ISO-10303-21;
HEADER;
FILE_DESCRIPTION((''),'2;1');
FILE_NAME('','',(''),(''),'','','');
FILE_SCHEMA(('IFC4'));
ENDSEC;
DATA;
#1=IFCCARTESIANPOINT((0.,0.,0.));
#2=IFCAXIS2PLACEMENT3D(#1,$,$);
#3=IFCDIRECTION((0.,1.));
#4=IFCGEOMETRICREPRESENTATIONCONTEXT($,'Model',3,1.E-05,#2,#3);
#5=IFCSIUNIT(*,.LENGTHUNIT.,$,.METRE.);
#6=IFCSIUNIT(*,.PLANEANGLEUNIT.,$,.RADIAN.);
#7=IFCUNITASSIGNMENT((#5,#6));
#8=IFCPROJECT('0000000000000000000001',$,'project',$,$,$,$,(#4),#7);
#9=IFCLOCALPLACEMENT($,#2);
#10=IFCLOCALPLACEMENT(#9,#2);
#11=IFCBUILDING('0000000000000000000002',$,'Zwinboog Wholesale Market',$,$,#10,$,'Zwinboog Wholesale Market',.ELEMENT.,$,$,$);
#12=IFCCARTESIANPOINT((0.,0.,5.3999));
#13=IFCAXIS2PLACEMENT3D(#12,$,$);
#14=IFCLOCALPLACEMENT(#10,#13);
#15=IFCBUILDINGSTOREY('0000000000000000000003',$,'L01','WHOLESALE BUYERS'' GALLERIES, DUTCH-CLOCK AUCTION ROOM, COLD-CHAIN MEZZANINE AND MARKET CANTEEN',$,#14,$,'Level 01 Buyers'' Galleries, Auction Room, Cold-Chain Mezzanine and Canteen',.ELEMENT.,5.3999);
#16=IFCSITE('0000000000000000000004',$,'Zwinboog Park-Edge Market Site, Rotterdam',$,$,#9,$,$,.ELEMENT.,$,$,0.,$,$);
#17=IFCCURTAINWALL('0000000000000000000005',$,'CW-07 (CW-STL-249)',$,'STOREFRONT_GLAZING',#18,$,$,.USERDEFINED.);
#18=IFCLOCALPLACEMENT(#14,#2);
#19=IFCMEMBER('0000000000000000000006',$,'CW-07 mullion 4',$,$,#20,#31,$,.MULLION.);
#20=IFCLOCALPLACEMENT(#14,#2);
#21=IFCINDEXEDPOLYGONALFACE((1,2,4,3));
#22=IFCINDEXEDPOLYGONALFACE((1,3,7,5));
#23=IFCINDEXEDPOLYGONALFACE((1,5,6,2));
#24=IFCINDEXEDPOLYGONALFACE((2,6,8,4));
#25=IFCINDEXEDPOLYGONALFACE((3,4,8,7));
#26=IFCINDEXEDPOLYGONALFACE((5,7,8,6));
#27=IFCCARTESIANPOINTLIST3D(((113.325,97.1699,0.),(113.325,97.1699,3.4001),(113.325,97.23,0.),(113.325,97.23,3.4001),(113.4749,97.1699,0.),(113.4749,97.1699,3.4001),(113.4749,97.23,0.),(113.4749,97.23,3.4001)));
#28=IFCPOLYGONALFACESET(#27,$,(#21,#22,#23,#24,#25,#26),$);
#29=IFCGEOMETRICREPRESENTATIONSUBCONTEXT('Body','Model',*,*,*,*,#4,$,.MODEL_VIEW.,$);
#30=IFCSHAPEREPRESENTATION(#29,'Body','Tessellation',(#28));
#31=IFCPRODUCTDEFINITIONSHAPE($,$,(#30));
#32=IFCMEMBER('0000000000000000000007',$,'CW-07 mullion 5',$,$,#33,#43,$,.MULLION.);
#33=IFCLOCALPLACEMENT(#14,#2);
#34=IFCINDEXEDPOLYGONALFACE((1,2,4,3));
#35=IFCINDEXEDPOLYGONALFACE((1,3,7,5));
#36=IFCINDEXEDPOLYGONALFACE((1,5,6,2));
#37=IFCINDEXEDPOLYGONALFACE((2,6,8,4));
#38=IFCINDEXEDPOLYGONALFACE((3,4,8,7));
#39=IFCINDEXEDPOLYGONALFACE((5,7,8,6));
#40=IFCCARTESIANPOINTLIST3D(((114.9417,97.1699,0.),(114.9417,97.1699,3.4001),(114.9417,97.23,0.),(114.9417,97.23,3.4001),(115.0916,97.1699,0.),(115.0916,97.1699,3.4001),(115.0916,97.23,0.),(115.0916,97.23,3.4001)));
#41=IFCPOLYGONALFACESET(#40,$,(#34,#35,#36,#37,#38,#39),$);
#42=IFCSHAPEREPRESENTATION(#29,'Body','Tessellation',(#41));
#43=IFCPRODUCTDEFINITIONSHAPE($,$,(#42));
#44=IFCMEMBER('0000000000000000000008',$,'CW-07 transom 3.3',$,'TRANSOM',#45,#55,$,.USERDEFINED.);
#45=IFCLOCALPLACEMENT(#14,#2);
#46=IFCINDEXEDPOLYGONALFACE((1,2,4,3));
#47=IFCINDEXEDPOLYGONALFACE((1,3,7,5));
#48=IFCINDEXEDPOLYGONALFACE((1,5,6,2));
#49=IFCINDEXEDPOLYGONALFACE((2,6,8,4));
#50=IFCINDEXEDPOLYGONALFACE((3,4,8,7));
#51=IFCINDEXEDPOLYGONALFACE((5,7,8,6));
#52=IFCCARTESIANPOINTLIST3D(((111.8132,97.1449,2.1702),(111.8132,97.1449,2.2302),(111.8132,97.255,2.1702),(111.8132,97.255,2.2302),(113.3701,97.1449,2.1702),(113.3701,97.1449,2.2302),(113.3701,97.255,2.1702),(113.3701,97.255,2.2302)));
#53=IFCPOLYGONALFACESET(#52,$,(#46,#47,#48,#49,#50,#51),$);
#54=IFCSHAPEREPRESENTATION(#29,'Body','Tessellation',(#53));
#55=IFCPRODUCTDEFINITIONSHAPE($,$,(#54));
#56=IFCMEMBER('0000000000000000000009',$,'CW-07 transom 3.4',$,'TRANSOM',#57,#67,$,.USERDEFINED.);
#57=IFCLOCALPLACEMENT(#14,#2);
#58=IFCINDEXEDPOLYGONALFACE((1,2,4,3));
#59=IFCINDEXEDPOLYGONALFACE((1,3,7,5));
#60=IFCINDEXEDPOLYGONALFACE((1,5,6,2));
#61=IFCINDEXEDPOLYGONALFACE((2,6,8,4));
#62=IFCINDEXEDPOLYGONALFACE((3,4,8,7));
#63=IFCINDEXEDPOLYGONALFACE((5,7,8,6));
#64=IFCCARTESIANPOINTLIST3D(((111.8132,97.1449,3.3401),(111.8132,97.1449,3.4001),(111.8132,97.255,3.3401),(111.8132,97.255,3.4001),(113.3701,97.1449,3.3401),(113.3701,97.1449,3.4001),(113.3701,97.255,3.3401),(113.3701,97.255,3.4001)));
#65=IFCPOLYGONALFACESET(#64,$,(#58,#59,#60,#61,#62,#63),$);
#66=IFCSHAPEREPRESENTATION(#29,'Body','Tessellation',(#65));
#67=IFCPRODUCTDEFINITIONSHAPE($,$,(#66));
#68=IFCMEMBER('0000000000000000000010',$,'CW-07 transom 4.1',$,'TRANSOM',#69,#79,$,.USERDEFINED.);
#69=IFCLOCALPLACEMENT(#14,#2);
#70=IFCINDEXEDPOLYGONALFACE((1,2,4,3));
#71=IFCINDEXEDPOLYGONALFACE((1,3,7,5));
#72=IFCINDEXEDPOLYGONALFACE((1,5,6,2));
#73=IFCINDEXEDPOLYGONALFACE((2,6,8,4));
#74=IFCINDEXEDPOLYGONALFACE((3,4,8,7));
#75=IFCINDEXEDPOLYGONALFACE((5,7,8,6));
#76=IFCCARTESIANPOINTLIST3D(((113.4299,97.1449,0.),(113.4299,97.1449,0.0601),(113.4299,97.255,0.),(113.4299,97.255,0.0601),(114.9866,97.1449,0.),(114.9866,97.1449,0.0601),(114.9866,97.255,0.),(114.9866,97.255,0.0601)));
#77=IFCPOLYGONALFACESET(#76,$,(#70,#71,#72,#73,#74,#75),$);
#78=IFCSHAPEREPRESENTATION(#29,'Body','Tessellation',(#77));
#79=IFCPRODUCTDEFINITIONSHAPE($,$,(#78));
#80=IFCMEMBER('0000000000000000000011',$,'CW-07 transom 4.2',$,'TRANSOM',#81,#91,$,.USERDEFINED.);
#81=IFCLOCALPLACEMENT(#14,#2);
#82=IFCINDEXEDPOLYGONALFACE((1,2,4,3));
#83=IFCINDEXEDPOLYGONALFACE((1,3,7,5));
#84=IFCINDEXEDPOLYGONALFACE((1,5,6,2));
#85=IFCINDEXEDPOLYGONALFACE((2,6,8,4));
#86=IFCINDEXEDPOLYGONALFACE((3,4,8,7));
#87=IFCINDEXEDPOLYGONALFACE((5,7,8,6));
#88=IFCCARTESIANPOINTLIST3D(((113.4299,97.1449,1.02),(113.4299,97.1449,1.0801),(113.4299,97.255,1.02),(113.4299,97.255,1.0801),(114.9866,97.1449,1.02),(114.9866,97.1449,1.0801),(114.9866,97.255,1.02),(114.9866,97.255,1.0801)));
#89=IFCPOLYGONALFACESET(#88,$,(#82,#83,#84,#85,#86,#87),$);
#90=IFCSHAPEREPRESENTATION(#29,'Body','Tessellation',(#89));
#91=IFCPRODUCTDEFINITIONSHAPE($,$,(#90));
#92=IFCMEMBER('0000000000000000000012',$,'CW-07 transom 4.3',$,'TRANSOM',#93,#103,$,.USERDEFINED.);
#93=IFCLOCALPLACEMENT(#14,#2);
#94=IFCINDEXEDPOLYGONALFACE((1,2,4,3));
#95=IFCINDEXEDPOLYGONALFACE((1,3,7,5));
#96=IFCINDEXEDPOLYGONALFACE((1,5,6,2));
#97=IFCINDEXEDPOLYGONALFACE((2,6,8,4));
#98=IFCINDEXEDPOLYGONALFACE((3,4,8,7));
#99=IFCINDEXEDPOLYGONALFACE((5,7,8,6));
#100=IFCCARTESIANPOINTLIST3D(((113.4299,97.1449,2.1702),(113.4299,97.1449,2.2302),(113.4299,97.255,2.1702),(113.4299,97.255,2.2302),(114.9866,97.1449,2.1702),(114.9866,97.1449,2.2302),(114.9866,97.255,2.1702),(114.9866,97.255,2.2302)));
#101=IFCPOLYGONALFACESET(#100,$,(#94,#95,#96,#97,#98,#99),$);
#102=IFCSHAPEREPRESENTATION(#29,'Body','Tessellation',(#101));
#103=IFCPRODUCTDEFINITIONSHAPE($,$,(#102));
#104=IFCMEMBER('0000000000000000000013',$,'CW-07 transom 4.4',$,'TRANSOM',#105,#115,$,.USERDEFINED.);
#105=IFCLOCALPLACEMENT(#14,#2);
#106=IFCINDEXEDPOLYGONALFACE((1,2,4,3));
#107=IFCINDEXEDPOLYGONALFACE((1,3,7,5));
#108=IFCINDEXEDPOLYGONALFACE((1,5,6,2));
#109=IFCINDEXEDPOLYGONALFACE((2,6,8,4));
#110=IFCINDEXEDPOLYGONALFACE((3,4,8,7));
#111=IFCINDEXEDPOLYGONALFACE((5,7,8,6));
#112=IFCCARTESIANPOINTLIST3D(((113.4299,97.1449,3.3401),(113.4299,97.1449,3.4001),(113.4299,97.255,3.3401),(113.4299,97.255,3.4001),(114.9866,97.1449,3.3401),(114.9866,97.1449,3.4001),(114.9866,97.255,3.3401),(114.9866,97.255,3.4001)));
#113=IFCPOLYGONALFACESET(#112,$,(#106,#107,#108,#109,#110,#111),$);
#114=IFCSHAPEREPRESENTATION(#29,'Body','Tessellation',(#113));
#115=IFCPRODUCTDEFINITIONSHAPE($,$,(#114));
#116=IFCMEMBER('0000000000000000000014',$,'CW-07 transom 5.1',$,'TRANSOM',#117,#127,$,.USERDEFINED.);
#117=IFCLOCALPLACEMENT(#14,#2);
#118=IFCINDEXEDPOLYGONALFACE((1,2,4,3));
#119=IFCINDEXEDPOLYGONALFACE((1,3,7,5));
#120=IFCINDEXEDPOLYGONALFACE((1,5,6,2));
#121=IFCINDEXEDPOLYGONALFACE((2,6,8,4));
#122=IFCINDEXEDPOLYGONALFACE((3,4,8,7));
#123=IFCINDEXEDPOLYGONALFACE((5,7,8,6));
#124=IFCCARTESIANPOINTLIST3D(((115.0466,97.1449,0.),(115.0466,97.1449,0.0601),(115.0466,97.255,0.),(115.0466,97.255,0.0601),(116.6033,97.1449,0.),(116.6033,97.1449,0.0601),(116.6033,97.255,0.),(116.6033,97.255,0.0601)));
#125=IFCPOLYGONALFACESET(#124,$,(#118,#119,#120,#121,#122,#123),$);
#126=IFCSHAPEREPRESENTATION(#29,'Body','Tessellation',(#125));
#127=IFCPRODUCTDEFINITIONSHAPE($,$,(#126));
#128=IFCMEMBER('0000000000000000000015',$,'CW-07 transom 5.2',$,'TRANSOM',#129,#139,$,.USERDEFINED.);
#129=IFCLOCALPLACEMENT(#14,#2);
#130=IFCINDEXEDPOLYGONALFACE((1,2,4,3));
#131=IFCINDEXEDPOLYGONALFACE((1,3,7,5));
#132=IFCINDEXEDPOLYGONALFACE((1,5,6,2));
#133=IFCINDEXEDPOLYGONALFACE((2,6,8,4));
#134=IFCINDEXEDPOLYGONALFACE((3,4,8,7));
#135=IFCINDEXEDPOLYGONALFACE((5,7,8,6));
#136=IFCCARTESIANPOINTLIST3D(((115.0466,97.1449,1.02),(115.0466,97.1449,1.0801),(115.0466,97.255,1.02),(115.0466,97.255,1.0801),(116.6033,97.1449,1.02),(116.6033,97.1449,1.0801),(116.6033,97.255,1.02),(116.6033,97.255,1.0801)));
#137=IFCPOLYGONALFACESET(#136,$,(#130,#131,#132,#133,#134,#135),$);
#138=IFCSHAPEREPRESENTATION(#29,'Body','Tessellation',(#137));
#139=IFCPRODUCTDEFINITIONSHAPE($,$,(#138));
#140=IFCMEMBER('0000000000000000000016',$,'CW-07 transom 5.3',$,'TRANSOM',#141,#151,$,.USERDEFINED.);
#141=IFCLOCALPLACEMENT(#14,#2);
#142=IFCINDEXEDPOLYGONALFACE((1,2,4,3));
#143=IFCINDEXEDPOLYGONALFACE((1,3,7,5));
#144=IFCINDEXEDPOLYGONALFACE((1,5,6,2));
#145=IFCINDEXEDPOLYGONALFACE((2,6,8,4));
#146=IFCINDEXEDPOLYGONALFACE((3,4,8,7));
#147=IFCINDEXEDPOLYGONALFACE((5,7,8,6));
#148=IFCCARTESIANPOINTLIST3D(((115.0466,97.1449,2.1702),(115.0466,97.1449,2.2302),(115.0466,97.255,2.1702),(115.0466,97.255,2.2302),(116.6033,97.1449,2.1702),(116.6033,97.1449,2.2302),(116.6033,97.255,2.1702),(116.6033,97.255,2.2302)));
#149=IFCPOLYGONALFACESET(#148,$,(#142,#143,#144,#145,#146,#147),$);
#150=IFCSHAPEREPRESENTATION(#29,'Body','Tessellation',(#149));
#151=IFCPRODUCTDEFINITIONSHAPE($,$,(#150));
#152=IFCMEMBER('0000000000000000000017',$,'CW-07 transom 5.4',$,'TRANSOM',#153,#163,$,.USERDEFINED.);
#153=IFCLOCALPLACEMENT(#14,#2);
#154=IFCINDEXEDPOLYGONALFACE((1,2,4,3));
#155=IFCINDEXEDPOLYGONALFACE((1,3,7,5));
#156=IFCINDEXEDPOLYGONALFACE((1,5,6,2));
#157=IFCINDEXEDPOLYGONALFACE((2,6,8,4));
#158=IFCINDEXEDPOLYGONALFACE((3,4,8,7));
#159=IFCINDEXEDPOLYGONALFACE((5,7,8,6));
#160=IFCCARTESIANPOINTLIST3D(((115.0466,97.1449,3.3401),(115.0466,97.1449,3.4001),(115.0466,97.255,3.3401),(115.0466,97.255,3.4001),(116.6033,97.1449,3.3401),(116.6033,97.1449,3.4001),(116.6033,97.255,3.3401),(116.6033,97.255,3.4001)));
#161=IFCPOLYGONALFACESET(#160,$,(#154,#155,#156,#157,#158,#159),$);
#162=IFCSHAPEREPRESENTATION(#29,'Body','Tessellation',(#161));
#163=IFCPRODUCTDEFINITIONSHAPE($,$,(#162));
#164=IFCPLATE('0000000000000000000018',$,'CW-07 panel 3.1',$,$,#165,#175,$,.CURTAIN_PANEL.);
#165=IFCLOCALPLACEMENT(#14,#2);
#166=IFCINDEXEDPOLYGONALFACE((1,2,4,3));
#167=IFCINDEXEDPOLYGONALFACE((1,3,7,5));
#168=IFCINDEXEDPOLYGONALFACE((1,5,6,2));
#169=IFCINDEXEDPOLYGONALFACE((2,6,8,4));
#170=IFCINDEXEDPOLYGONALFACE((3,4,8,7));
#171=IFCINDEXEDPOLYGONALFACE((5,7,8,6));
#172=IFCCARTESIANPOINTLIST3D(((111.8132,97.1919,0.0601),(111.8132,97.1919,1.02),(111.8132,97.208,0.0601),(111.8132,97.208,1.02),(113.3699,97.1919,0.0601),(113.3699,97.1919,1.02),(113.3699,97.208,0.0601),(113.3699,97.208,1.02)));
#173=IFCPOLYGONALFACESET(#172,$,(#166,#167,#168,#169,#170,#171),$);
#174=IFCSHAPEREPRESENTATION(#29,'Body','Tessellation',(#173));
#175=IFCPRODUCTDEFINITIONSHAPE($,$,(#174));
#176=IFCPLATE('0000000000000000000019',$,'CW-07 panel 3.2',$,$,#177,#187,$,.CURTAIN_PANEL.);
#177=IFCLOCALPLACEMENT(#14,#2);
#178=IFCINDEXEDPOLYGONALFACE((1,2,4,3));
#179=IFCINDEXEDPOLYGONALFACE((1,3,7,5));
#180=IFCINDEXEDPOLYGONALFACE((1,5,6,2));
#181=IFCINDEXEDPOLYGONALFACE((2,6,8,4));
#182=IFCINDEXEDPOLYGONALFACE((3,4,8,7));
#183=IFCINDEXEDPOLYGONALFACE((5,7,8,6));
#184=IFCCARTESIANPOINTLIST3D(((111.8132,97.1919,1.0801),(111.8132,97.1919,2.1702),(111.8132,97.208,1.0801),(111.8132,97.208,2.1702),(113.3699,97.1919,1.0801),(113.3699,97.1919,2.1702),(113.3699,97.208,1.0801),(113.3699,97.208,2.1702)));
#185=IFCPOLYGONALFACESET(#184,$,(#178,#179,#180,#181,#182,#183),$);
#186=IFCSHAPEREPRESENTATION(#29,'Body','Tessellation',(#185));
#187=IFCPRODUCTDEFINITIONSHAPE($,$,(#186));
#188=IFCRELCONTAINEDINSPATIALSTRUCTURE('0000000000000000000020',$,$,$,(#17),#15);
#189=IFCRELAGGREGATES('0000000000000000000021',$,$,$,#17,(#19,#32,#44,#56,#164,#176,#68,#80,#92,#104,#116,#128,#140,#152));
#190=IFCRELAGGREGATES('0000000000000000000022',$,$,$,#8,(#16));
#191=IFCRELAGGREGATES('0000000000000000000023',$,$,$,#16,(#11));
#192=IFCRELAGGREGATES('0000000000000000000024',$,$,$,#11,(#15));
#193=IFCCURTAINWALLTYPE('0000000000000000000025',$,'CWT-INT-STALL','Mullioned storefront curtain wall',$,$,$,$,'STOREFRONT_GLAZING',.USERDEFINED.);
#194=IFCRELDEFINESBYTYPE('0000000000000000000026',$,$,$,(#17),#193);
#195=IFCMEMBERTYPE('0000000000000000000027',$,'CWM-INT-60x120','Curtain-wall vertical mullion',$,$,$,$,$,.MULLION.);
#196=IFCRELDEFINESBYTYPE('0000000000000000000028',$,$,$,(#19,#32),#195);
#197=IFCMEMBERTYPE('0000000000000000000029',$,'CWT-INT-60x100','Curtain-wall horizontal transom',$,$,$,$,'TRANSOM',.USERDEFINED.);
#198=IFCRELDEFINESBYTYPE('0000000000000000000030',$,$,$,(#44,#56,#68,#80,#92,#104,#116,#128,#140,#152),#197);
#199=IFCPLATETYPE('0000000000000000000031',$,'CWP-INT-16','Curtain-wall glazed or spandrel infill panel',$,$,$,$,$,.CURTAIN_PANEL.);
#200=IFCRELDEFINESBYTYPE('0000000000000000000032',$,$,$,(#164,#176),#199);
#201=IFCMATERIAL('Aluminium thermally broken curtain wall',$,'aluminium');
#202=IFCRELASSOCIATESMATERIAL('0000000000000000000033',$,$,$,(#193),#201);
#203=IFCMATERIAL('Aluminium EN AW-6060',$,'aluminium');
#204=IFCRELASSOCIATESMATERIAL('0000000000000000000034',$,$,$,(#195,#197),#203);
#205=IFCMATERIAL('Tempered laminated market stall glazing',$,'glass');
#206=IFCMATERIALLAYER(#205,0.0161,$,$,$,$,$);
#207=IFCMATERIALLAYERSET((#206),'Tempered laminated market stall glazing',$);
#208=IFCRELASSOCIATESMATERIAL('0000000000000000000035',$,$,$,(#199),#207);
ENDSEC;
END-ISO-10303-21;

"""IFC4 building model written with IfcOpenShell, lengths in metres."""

from ifc_helpers import new_model, si_unit, direction, frame, origin, origin_2d, place, context, subcontext, project, spatial, rectangle, extrude, material, layer, layer_set, material_profile, profile_set, type_object, element, aggregate, save


model = new_model("IFC4")

# Units and contexts
model_context = context("Model", 3, precision=1e-05, world=origin(), true_north=direction((0.0, 1.0)))
body_context = subcontext(model_context, "Body", "Model", "MODEL_VIEW")
ifc_project = project(units=[si_unit("LENGTHUNIT", "METRE"), si_unit("PLANEANGLEUNIT", "RADIAN")], contexts=[model_context])

# Site, building, storey
site_placement = place(None, origin())
site = spatial("IfcSite", under=ifc_project, at=site_placement, Name="Zwinboog Park-Edge Market Site, Rotterdam", CompositionType="ELEMENT", RefElevation=0.0)
building_placement = place(site_placement, origin())
building = spatial("IfcBuilding", under=site, at=building_placement, Name="Zwinboog Wholesale Market", LongName="Zwinboog Wholesale Market", CompositionType="ELEMENT")
storey_placement = place(building_placement, frame((0.0, 0.0, 5.3999)))
storey = spatial("IfcBuildingStorey", under=building, at=storey_placement, Name="L01", Description="WHOLESALE BUYERS' GALLERIES, DUTCH-CLOCK AUCTION ROOM, COLD-CHAIN MEZZANINE AND MARKET CANTEEN", LongName="Level 01 Buyers' Galleries, Auction Room, Cold-Chain Mezzanine and Canteen", CompositionType="ELEMENT", Elevation=5.3999)

# Curtain wall, members, plates
ifc_material_1 = material(Name="Aluminium thermally broken curtain wall", Category="aluminium")
curtain_wall_type = type_object("IfcCurtainWallType", Name="CWT-INT-STALL", Description="Mullioned storefront curtain wall", ElementType="STOREFRONT_GLAZING", PredefinedType="USERDEFINED", material=ifc_material_1)
curtain_wall_placement = place(storey_placement, origin())
curtain_wall = element("IfcCurtainWall", 1, at=curtain_wall_placement, inside=storey, type_object=curtain_wall_type, Name="CW-07 (CW-STL-249)", ObjectType="STOREFRONT_GLAZING", PredefinedType="USERDEFINED")
ifc_material_2 = material(Name="Aluminium EN AW-6060", Category="aluminium")
ifc_material_profile_1 = material_profile(ifc_material_2, rectangle(XDim=0.0601, YDim=0.1499, at=origin_2d()), Name="AL 60x150")
ifc_profile_set_1 = profile_set([ifc_material_profile_1], Name="Aluminium EN AW-6060")
member_type_1 = type_object("IfcMemberType", Name="CWM-INT-60x120", Description="Curtain-wall vertical mullion", PredefinedType="MULLION", material=ifc_profile_set_1)
member_1_placement = place(storey_placement, frame((113.3999, 97.2, 0.0), z_axis=(0.0, 0.0, 1.0), x_axis=(0.0, 1.0, 0.0)))
member_1 = element("IfcMember", 2, at=member_1_placement, type_object=member_type_1, Name="CW-07 mullion 4", PredefinedType="MULLION", context=body_context, shape_type="SweptSolid", body=[
    extrude(rectangle(XDim=0.0601, YDim=0.1499, at=origin_2d()), origin(), (0.0, 0.0, 1.0), 3.4001),
])
member_2_placement = place(storey_placement, frame((115.0166, 97.2, 0.0), z_axis=(0.0, 0.0, 1.0), x_axis=(0.0, 1.0, 0.0)))
member_2 = element("IfcMember", 3, at=member_2_placement, type_object=member_type_1, Name="CW-07 mullion 5", PredefinedType="MULLION", context=body_context, shape_type="SweptSolid", body=[
    extrude(rectangle(XDim=0.0601, YDim=0.1499, at=origin_2d()), origin(), (0.0, 0.0, 1.0), 3.4001),
])
ifc_material_profile_2 = material_profile(ifc_material_2, rectangle(XDim=0.1101, YDim=0.0601, at=origin_2d()), Name="AL 60x110")
ifc_profile_set_2 = profile_set([ifc_material_profile_2], Name="Aluminium EN AW-6060")
member_type_2 = type_object("IfcMemberType", Name="CWT-INT-60x100", Description="Curtain-wall horizontal transom", ElementType="TRANSOM", PredefinedType="USERDEFINED", material=ifc_profile_set_2)
member_3_placement = place(storey_placement, frame((111.8132, 97.2, 2.2002), z_axis=(1.0, 0.0, 0.0), x_axis=(0.0, 1.0, 0.0)))
member_3 = element("IfcMember", 4, at=member_3_placement, type_object=member_type_2, Name="CW-07 transom 3.3", ObjectType="TRANSOM", PredefinedType="USERDEFINED", context=body_context, shape_type="SweptSolid", body=[
    extrude(rectangle(XDim=0.1101, YDim=0.0601, at=origin_2d()), origin(), (0.0, 0.0, 1.0), 1.5569),
])
member_4_placement = place(storey_placement, frame((111.8132, 97.2, 3.3701), z_axis=(1.0, 0.0, 0.0), x_axis=(0.0, 1.0, 0.0)))
member_4 = element("IfcMember", 5, at=member_4_placement, type_object=member_type_2, Name="CW-07 transom 3.4", ObjectType="TRANSOM", PredefinedType="USERDEFINED", context=body_context, shape_type="SweptSolid", body=[
    extrude(rectangle(XDim=0.1101, YDim=0.0601, at=origin_2d()), origin(), (0.0, 0.0, 1.0), 1.5569),
])
member_5_placement = place(storey_placement, frame((113.4299, 97.2, 0.03), z_axis=(1.0, 0.0, 0.0), x_axis=(0.0, 1.0, 0.0)))
member_5 = element("IfcMember", 6, at=member_5_placement, type_object=member_type_2, Name="CW-07 transom 4.1", ObjectType="TRANSOM", PredefinedType="USERDEFINED", context=body_context, shape_type="SweptSolid", body=[
    extrude(rectangle(XDim=0.1101, YDim=0.0601, at=origin_2d()), origin(), (0.0, 0.0, 1.0), 1.5566),
])
member_6_placement = place(storey_placement, frame((113.4299, 97.2, 1.05), z_axis=(1.0, 0.0, 0.0), x_axis=(0.0, 1.0, 0.0)))
member_6 = element("IfcMember", 7, at=member_6_placement, type_object=member_type_2, Name="CW-07 transom 4.2", ObjectType="TRANSOM", PredefinedType="USERDEFINED", context=body_context, shape_type="SweptSolid", body=[
    extrude(rectangle(XDim=0.1101, YDim=0.0601, at=origin_2d()), origin(), (0.0, 0.0, 1.0), 1.5566),
])
member_7_placement = place(storey_placement, frame((113.4299, 97.2, 2.2002), z_axis=(1.0, 0.0, 0.0), x_axis=(0.0, 1.0, 0.0)))
member_7 = element("IfcMember", 8, at=member_7_placement, type_object=member_type_2, Name="CW-07 transom 4.3", ObjectType="TRANSOM", PredefinedType="USERDEFINED", context=body_context, shape_type="SweptSolid", body=[
    extrude(rectangle(XDim=0.1101, YDim=0.0601, at=origin_2d()), origin(), (0.0, 0.0, 1.0), 1.5566),
])
member_8_placement = place(storey_placement, frame((113.4299, 97.2, 3.3701), z_axis=(1.0, 0.0, 0.0), x_axis=(0.0, 1.0, 0.0)))
member_8 = element("IfcMember", 9, at=member_8_placement, type_object=member_type_2, Name="CW-07 transom 4.4", ObjectType="TRANSOM", PredefinedType="USERDEFINED", context=body_context, shape_type="SweptSolid", body=[
    extrude(rectangle(XDim=0.1101, YDim=0.0601, at=origin_2d()), origin(), (0.0, 0.0, 1.0), 1.5566),
])
member_9_placement = place(storey_placement, frame((115.0466, 97.2, 0.03), z_axis=(1.0, 0.0, 0.0), x_axis=(0.0, 1.0, 0.0)))
member_9 = element("IfcMember", 10, at=member_9_placement, type_object=member_type_2, Name="CW-07 transom 5.1", ObjectType="TRANSOM", PredefinedType="USERDEFINED", context=body_context, shape_type="SweptSolid", body=[
    extrude(rectangle(XDim=0.1101, YDim=0.0601, at=origin_2d()), origin(), (0.0, 0.0, 1.0), 1.5566),
])
member_10_placement = place(storey_placement, frame((115.0466, 97.2, 1.05), z_axis=(1.0, 0.0, 0.0), x_axis=(0.0, 1.0, 0.0)))
member_10 = element("IfcMember", 11, at=member_10_placement, type_object=member_type_2, Name="CW-07 transom 5.2", ObjectType="TRANSOM", PredefinedType="USERDEFINED", context=body_context, shape_type="SweptSolid", body=[
    extrude(rectangle(XDim=0.1101, YDim=0.0601, at=origin_2d()), origin(), (0.0, 0.0, 1.0), 1.5566),
])
member_11_placement = place(storey_placement, frame((115.0466, 97.2, 2.2002), z_axis=(1.0, 0.0, 0.0), x_axis=(0.0, 1.0, 0.0)))
member_11 = element("IfcMember", 12, at=member_11_placement, type_object=member_type_2, Name="CW-07 transom 5.3", ObjectType="TRANSOM", PredefinedType="USERDEFINED", context=body_context, shape_type="SweptSolid", body=[
    extrude(rectangle(XDim=0.1101, YDim=0.0601, at=origin_2d()), origin(), (0.0, 0.0, 1.0), 1.5566),
])
member_12_placement = place(storey_placement, frame((115.0466, 97.2, 3.3701), z_axis=(1.0, 0.0, 0.0), x_axis=(0.0, 1.0, 0.0)))
member_12 = element("IfcMember", 13, at=member_12_placement, type_object=member_type_2, Name="CW-07 transom 5.4", ObjectType="TRANSOM", PredefinedType="USERDEFINED", context=body_context, shape_type="SweptSolid", body=[
    extrude(rectangle(XDim=0.1101, YDim=0.0601, at=origin_2d()), origin(), (0.0, 0.0, 1.0), 1.5566),
])
ifc_material_3 = material(Name="Tempered laminated market stall glazing", Category="glass")
ifc_layer = layer(ifc_material_3, 0.0161)
ifc_layer_set = layer_set([ifc_layer], Name="Tempered laminated market stall glazing")
plate_type = type_object("IfcPlateType", Name="CWP-INT-16", Description="Curtain-wall glazed or spandrel infill panel", PredefinedType="CURTAIN_PANEL", material=ifc_layer_set)
plate_1_placement = place(storey_placement, frame((112.5916, 97.2, 0.0601), z_axis=(0.0, 0.0, 1.0), x_axis=(1.0, 0.0, 0.0)))
plate_1 = element("IfcPlate", 14, at=plate_1_placement, type_object=plate_type, Name="CW-07 panel 3.1", PredefinedType="CURTAIN_PANEL", context=body_context, shape_type="SweptSolid", body=[
    extrude(rectangle(XDim=1.5566, YDim=0.0161, at=origin_2d()), origin(), (0.0, 0.0, 1.0), 0.96),
])
plate_2_placement = place(storey_placement, frame((112.5916, 97.2, 1.0801), z_axis=(0.0, 0.0, 1.0), x_axis=(1.0, 0.0, 0.0)))
plate_2 = element("IfcPlate", 15, at=plate_2_placement, type_object=plate_type, Name="CW-07 panel 3.2", PredefinedType="CURTAIN_PANEL", context=body_context, shape_type="SweptSolid", body=[
    extrude(rectangle(XDim=1.5566, YDim=0.0161, at=origin_2d()), origin(), (0.0, 0.0, 1.0), 1.0901),
])
aggregate(curtain_wall, [member_1, member_2, member_3, member_4, plate_1, plate_2, member_5, member_6, member_7, member_8, member_9, member_10, member_11, member_12])

save(model, "model.ifc")
